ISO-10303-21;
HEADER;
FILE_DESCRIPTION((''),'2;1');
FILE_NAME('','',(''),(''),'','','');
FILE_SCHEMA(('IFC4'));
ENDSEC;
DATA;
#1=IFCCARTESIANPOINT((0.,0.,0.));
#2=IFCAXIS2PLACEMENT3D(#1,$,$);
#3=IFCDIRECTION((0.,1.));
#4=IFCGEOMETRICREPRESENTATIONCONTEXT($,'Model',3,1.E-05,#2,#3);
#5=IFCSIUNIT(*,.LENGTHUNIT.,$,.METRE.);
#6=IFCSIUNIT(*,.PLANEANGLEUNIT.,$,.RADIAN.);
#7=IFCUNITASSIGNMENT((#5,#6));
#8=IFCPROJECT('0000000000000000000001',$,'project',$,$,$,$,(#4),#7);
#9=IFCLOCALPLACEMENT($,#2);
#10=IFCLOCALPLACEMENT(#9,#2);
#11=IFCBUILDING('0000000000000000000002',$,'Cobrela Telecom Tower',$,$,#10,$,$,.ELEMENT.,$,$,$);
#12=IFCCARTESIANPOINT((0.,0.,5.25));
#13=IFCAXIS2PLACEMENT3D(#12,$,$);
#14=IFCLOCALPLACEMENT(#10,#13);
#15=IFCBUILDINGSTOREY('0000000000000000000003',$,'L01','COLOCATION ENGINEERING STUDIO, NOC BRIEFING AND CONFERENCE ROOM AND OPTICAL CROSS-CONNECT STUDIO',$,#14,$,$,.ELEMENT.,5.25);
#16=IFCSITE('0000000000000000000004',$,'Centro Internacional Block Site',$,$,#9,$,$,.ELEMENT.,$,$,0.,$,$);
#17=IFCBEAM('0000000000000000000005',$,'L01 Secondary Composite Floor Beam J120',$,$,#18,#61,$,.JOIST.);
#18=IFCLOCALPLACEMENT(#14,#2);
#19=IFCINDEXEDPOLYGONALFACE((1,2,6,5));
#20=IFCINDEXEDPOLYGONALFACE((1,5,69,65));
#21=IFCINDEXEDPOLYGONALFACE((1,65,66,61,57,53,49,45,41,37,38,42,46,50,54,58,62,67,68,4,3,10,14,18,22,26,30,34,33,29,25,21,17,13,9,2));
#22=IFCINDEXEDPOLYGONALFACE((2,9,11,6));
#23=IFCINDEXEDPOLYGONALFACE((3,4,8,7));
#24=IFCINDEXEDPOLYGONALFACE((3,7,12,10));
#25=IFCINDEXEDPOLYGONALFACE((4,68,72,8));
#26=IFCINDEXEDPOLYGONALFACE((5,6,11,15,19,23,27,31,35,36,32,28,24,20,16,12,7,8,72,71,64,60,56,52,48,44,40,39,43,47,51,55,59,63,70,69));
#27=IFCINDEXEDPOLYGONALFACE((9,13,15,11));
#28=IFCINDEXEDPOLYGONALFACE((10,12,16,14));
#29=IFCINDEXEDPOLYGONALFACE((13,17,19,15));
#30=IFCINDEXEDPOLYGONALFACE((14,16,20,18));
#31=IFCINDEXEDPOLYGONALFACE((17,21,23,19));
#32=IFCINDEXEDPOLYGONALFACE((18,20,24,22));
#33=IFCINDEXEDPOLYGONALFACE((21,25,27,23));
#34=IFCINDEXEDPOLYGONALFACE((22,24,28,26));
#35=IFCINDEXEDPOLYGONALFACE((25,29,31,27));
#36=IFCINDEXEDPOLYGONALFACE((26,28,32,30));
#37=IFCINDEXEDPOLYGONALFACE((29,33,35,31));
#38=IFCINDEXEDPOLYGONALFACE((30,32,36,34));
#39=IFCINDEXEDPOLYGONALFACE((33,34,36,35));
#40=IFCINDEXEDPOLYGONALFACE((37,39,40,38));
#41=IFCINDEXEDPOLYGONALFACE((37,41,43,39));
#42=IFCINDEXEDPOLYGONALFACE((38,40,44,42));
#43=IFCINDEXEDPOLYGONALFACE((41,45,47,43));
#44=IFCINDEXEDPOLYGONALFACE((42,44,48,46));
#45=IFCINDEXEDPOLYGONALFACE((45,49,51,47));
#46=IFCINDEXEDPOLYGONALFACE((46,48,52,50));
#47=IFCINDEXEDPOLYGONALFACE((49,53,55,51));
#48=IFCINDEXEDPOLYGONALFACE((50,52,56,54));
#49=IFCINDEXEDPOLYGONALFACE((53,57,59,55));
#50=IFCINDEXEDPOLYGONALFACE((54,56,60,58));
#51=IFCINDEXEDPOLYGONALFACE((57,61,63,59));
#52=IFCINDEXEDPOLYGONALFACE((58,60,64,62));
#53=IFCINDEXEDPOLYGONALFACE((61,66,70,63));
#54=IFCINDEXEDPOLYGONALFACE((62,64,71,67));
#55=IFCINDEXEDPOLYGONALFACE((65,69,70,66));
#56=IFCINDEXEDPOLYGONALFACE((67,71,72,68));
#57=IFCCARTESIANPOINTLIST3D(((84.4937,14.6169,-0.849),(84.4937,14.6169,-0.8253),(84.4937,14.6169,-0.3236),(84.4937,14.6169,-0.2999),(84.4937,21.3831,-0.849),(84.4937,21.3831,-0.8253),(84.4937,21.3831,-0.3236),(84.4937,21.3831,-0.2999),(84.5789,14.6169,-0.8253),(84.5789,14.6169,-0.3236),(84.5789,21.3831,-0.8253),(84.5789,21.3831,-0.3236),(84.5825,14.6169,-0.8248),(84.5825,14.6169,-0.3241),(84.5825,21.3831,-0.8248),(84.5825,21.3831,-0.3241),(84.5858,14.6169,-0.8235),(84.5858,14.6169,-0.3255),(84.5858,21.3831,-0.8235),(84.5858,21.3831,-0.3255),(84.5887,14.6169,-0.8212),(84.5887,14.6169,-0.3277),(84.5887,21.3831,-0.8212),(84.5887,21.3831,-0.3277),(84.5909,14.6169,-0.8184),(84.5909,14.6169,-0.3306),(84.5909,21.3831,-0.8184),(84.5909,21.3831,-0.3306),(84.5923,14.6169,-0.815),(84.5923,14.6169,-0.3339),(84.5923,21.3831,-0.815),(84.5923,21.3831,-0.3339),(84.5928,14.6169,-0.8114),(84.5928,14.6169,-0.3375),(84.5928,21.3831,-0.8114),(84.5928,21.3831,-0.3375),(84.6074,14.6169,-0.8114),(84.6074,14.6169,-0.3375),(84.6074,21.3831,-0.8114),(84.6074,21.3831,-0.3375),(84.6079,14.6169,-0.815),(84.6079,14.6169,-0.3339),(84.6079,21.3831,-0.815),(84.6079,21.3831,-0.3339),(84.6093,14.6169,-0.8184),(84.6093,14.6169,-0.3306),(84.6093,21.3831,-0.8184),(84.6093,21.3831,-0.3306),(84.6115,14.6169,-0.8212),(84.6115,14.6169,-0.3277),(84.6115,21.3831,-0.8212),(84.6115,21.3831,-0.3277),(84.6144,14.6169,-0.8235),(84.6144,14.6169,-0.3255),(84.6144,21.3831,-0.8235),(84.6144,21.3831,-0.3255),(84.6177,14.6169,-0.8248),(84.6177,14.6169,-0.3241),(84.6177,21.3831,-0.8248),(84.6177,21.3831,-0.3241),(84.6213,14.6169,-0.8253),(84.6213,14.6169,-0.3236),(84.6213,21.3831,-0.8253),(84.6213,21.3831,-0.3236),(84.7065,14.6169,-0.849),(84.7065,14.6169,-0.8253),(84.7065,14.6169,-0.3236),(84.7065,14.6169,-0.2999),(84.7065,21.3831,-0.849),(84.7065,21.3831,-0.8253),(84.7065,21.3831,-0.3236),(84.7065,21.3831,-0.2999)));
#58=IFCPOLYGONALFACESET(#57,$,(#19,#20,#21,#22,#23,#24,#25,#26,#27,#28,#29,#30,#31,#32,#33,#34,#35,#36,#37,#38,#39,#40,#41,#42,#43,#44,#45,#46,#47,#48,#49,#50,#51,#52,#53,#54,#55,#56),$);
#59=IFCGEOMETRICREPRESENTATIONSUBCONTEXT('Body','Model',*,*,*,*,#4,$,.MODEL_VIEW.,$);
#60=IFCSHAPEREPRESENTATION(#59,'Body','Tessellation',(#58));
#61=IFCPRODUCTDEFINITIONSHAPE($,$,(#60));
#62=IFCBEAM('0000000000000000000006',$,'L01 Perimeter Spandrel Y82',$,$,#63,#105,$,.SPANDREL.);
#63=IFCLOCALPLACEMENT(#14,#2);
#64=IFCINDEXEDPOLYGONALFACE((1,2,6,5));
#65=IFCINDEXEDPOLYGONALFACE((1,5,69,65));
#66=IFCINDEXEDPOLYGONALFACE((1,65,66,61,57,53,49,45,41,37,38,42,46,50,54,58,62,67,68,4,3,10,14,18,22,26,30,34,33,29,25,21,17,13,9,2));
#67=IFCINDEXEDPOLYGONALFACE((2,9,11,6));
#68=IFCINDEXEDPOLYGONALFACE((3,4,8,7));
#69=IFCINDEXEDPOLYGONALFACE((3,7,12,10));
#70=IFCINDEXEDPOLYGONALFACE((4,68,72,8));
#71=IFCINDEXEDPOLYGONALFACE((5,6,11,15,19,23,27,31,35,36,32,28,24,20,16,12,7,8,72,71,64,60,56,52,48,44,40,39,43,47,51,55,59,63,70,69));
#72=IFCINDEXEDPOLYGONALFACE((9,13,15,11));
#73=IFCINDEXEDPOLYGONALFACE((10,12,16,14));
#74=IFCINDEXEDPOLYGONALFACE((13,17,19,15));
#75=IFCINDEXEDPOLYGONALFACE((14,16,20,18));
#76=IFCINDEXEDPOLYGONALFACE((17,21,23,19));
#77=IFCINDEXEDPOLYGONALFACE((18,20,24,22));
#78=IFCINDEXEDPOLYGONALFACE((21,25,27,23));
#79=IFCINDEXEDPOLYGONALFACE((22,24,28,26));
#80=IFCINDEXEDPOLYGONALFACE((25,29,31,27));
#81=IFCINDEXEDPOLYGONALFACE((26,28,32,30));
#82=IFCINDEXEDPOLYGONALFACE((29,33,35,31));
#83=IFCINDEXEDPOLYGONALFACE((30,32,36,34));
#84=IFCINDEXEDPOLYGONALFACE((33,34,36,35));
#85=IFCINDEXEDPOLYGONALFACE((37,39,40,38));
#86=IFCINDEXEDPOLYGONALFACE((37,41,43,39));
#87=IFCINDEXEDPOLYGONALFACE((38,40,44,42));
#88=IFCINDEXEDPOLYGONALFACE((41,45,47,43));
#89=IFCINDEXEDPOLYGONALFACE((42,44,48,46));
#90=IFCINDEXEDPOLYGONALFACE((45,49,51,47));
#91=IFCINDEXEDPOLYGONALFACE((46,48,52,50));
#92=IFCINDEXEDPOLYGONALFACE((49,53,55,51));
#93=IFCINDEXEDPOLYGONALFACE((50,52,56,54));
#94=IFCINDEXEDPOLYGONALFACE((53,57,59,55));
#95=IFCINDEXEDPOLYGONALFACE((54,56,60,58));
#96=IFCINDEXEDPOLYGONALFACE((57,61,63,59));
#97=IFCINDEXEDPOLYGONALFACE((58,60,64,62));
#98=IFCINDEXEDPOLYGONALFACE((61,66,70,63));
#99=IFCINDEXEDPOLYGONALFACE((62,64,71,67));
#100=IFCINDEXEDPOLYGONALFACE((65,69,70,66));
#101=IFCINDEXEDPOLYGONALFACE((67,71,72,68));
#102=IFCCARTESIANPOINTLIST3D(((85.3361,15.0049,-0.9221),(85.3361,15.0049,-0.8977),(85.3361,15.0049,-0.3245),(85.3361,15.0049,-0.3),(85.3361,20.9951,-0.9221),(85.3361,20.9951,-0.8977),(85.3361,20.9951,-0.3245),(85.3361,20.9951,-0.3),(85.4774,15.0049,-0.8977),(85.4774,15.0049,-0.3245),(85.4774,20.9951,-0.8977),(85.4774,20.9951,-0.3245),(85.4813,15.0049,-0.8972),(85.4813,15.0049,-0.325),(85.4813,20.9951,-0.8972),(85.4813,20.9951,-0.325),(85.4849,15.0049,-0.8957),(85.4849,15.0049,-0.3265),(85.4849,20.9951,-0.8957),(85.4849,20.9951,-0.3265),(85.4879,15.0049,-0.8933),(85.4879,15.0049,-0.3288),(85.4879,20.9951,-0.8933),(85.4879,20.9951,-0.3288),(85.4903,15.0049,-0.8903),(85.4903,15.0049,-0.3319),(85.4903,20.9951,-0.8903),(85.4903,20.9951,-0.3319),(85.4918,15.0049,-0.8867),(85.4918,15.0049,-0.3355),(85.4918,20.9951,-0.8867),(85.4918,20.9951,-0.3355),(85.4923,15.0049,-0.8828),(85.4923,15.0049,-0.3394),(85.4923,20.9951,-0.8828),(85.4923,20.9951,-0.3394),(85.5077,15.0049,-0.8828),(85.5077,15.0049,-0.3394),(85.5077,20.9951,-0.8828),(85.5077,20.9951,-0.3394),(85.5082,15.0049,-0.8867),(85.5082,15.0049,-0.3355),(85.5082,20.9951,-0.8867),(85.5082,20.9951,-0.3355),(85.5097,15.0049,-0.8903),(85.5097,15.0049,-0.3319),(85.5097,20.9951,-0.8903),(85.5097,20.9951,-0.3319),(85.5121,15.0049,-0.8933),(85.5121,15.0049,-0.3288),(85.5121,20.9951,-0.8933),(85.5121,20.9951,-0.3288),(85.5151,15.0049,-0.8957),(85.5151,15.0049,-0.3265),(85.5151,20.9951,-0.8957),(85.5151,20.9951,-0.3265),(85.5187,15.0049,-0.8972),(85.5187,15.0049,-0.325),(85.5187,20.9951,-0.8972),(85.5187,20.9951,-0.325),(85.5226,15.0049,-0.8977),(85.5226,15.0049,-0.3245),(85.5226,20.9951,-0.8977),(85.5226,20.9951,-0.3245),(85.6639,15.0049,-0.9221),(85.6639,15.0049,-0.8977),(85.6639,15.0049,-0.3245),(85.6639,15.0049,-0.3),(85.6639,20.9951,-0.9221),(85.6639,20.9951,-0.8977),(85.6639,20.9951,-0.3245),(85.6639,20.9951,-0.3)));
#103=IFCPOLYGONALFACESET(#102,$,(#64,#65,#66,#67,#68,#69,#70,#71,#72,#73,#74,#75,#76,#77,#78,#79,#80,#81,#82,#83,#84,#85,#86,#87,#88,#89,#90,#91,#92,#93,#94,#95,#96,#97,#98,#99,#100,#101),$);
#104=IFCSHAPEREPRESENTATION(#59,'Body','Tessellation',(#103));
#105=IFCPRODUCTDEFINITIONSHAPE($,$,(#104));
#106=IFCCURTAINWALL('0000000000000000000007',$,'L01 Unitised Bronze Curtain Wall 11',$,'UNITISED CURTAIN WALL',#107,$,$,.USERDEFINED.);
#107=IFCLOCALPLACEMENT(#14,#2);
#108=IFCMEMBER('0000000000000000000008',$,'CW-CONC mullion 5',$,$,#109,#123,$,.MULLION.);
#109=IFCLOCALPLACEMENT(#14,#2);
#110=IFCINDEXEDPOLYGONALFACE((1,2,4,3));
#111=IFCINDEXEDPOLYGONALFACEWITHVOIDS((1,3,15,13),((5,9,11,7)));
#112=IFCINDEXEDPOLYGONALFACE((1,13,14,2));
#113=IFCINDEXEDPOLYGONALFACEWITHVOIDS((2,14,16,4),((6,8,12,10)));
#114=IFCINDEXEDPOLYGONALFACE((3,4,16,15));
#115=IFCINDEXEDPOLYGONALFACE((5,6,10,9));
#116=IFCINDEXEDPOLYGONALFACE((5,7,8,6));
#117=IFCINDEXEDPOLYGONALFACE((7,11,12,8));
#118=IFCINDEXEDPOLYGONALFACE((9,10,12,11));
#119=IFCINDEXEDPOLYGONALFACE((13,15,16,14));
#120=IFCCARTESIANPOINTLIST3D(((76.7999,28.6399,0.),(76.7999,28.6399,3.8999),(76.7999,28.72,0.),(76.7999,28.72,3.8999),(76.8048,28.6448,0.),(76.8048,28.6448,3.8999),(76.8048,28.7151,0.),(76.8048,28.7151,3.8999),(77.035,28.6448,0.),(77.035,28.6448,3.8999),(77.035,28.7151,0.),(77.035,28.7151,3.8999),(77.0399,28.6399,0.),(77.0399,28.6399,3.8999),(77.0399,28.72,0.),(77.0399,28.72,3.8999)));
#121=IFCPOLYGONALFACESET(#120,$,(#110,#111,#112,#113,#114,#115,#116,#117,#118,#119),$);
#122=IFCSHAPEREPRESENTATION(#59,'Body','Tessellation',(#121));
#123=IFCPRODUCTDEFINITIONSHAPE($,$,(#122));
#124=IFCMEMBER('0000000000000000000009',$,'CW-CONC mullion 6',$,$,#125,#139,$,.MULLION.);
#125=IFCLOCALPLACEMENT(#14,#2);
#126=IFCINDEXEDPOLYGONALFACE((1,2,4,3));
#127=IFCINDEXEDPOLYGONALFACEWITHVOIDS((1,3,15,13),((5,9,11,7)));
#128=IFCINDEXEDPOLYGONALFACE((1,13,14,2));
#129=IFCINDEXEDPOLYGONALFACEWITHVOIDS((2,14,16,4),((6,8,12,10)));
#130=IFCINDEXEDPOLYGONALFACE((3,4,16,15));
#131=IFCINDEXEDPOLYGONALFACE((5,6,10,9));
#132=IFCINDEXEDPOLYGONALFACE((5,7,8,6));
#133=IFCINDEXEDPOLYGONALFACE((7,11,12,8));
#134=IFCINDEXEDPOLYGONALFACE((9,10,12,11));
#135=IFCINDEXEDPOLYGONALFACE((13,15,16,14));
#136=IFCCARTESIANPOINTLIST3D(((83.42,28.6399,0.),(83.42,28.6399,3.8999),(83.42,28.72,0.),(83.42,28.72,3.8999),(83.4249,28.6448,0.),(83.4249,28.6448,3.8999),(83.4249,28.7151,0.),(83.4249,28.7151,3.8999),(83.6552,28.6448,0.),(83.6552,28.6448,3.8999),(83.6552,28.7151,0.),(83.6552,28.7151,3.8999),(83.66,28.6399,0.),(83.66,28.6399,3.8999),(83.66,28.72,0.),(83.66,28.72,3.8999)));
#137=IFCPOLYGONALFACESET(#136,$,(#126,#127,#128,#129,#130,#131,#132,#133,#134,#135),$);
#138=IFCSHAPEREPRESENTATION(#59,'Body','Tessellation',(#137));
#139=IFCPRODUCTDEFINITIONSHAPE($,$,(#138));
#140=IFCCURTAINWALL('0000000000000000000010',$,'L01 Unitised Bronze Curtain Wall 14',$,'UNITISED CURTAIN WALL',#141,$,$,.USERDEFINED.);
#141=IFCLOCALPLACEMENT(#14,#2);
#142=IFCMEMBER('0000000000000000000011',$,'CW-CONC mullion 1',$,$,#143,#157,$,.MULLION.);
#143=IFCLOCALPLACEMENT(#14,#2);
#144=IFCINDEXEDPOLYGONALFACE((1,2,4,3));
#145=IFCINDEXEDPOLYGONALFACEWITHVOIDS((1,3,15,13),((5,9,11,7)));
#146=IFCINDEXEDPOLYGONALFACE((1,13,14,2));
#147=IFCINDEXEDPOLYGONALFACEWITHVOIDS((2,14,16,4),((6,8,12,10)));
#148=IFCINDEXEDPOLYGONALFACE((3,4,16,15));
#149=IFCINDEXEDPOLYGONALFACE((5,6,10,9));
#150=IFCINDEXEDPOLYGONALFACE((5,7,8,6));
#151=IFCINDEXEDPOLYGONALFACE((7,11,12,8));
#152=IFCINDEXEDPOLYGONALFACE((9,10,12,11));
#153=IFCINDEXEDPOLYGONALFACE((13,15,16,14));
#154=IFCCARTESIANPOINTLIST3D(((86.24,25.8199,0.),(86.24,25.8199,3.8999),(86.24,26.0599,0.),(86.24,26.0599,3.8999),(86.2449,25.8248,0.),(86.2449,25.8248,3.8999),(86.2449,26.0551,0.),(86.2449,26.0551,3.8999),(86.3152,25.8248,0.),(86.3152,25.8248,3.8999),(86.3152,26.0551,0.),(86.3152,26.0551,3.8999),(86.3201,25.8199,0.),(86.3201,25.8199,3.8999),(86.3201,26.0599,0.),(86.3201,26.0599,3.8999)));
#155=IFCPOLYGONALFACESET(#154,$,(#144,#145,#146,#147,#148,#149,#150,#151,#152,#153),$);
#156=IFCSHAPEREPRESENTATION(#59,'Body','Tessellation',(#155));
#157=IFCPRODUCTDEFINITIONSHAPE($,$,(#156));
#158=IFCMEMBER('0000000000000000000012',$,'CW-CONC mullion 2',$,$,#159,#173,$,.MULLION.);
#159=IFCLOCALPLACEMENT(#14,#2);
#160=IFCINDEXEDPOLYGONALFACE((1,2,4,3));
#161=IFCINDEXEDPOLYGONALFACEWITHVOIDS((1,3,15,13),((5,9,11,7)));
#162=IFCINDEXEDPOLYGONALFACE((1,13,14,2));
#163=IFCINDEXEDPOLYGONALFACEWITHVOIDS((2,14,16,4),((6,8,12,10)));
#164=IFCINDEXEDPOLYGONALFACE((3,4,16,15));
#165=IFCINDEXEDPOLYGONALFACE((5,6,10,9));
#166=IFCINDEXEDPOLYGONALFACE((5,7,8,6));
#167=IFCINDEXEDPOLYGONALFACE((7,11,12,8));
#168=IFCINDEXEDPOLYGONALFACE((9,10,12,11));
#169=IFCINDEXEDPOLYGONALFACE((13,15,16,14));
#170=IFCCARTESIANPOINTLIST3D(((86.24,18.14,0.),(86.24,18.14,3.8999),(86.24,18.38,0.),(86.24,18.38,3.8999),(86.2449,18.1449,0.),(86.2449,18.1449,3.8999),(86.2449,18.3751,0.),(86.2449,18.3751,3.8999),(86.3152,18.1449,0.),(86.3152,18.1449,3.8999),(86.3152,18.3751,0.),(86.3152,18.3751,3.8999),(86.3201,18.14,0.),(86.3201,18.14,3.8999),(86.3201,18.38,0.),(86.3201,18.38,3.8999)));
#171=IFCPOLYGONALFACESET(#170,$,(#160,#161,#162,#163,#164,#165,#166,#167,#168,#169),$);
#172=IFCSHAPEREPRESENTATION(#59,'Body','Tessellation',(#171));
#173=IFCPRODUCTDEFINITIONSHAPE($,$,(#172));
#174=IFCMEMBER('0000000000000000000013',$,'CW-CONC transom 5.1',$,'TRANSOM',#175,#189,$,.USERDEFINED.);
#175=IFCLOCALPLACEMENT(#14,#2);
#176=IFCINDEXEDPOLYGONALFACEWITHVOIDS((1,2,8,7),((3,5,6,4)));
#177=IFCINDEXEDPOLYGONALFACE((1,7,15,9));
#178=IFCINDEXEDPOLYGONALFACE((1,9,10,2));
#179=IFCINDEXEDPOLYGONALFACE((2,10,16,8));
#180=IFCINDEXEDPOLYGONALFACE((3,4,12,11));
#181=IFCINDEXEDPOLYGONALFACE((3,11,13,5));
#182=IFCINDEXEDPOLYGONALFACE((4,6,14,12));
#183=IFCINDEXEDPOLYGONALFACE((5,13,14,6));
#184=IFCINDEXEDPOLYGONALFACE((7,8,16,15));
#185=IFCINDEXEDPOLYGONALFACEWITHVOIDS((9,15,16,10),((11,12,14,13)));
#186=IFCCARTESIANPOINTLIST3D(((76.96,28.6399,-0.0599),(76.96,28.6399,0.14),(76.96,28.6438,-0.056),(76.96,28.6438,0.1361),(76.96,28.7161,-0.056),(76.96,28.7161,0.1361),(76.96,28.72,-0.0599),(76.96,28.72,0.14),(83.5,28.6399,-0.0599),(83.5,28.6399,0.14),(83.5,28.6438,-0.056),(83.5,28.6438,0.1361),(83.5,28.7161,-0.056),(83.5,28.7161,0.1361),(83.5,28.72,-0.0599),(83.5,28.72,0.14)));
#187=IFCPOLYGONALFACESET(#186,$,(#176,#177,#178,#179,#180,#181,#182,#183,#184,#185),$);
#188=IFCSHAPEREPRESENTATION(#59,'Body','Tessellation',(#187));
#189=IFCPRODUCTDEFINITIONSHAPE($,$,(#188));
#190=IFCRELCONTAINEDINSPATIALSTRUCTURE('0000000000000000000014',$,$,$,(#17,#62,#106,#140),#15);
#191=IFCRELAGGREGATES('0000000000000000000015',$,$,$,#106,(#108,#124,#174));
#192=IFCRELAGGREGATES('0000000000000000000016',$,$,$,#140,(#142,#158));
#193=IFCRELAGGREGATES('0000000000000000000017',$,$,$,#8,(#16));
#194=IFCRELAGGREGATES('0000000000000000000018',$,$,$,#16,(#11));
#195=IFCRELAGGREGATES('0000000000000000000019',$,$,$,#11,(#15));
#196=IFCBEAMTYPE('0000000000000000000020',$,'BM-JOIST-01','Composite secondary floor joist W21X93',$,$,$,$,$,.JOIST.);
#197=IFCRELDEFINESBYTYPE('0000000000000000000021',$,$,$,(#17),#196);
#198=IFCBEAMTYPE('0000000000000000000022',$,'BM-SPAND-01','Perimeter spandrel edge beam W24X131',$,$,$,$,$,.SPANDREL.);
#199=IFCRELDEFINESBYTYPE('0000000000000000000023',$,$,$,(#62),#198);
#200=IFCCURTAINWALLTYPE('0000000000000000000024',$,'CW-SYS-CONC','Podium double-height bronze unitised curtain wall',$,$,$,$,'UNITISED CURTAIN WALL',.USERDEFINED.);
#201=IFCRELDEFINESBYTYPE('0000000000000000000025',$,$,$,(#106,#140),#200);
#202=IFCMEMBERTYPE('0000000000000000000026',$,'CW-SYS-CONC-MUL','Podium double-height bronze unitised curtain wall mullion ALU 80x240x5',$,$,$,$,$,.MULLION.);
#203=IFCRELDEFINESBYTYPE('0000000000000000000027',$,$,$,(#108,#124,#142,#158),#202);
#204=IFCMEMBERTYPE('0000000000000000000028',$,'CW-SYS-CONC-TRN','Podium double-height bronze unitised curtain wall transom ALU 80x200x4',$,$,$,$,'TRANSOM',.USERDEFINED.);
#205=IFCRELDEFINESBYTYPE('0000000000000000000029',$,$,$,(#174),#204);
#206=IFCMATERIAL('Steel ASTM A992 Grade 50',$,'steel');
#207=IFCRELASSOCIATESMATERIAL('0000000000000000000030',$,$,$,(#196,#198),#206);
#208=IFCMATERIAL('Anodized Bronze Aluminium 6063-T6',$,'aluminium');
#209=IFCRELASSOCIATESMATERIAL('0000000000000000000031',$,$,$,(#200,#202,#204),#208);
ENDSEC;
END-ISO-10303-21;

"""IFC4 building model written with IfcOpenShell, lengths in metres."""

from ifc_helpers import new_model, si_unit, direction, frame, origin, origin_2d, place, context, subcontext, project, spatial, hollow_rectangle, i_section, extrude, material, material_profile, profile_set, type_object, element, aggregate, save


model = new_model("IFC4")

# Units and contexts
model_context = context("Model", 3, precision=1e-05, world=origin(), true_north=direction((0.0, 1.0)))
body_context = subcontext(model_context, "Body", "Model", "MODEL_VIEW")
ifc_project = project(units=[si_unit("LENGTHUNIT", "METRE"), si_unit("PLANEANGLEUNIT", "RADIAN")], contexts=[model_context])

# Site, building, storey
site_placement = place(None, origin())
site = spatial("IfcSite", under=ifc_project, at=site_placement, Name="Centro Internacional Block Site", CompositionType="ELEMENT", RefElevation=0.0)
building_placement = place(site_placement, origin())
building = spatial("IfcBuilding", under=site, at=building_placement, Name="Cobrela Telecom Tower", CompositionType="ELEMENT")
storey_placement = place(building_placement, frame((0.0, 0.0, 5.25)))
storey = spatial("IfcBuildingStorey", under=building, at=storey_placement, Name="L01", Description="COLOCATION ENGINEERING STUDIO, NOC BRIEFING AND CONFERENCE ROOM AND OPTICAL CROSS-CONNECT STUDIO", CompositionType="ELEMENT", Elevation=5.25)

# Beams
ifc_material_1 = material(Name="Steel ASTM A992 Grade 50", Category="steel")
ifc_material_profile_1 = material_profile(ifc_material_1, i_section(OverallWidth=0.2129, OverallDepth=0.5491, WebThickness=0.0146, FlangeThickness=0.0237, FilletRadius=0.0139, at=origin_2d()), Name="W21X93")
ifc_profile_set_1 = profile_set([ifc_material_profile_1], Name="Steel ASTM A992 Grade 50")
beam_type_1 = type_object("IfcBeamType", Name="BM-JOIST-01", Description="Composite secondary floor joist W21X93", PredefinedType="JOIST", material=ifc_profile_set_1)
for number, where, z_axis, x_axis, name in (
    (1, (84.6001, 14.6169, -0.5745), (0.0, 1.0, 0.0), (-1.0, 0.0, 0.0), "L01 Secondary Composite Floor Beam J120"),
):
    element("IfcBeam", number, at=place(storey_placement, frame(where, z_axis=z_axis, x_axis=x_axis)), inside=storey, type_object=beam_type_1, Name=name, PredefinedType="JOIST", context=body_context, shape_type="SweptSolid", body=[
        extrude(i_section(OverallWidth=0.2129, OverallDepth=0.5491, WebThickness=0.0146, FlangeThickness=0.0237, FilletRadius=0.0139, at=origin_2d()), origin(), (0.0, 0.0, 1.0), 6.7661),
    ])
ifc_material_profile_2 = material_profile(ifc_material_1, i_section(OverallWidth=0.3279, OverallDepth=0.6221, WebThickness=0.0154, FlangeThickness=0.0244, FilletRadius=0.0149, at=origin_2d()), Name="W24X131")
ifc_profile_set_2 = profile_set([ifc_material_profile_2], Name="Steel ASTM A992 Grade 50")
beam_type_2 = type_object("IfcBeamType", Name="BM-SPAND-01", Description="Perimeter spandrel edge beam W24X131", PredefinedType="SPANDREL", material=ifc_profile_set_2)
beam_1_placement = place(storey_placement, frame((85.5, 15.0049, -0.6111), z_axis=(0.0, 1.0, 0.0), x_axis=(-1.0, 0.0, 0.0)))
element("IfcBeam", 2, at=beam_1_placement, inside=storey, type_object=beam_type_2, Name="L01 Perimeter Spandrel Y82", PredefinedType="SPANDREL", context=body_context, shape_type="SweptSolid", body=[
    extrude(i_section(OverallWidth=0.3279, OverallDepth=0.6221, WebThickness=0.0154, FlangeThickness=0.0244, FilletRadius=0.0149, at=origin_2d()), origin(), (0.0, 0.0, 1.0), 5.9902),
])

# Curtain walls, members
ifc_material_2 = material(Name="Anodized Bronze Aluminium 6063-T6", Category="aluminium")
curtain_wall_type = type_object("IfcCurtainWallType", Name="CW-SYS-CONC", Description="Podium double-height bronze unitised curtain wall", ElementType="UNITISED CURTAIN WALL", PredefinedType="USERDEFINED", material=ifc_material_2)
curtain_wall_1_placement = place(storey_placement, origin())
curtain_wall_1 = element("IfcCurtainWall", 3, at=curtain_wall_1_placement, inside=storey, type_object=curtain_wall_type, Name="L01 Unitised Bronze Curtain Wall 11", ObjectType="UNITISED CURTAIN WALL", PredefinedType="USERDEFINED")
ifc_material_profile_3 = material_profile(ifc_material_2, hollow_rectangle(XDim=0.0801, YDim=0.24, WallThickness=0.0049, at=origin_2d()), Name="ALU 80x240x5")
ifc_profile_set_3 = profile_set([ifc_material_profile_3], Name="Anodized Bronze Aluminium 6063-T6")
member_type_1 = type_object("IfcMemberType", Name="CW-SYS-CONC-MUL", Description="Podium double-height bronze unitised curtain wall mullion ALU 80x240x5", PredefinedType="MULLION", material=ifc_profile_set_3)
member_1_placement = place(storey_placement, frame((76.9199, 28.6799, 0.0), z_axis=(0.0, 0.0, 1.0), x_axis=(0.0, 1.0, 0.0)))
member_1 = element("IfcMember", 4, at=member_1_placement, type_object=member_type_1, Name="CW-CONC mullion 5", PredefinedType="MULLION", context=body_context, shape_type="SweptSolid", body=[
    extrude(hollow_rectangle(XDim=0.0801, YDim=0.24, WallThickness=0.0049, at=origin_2d()), origin(), (0.0, 0.0, 1.0), 3.8999),
])
member_2_placement = place(storey_placement, frame((83.54, 28.6799, 0.0), z_axis=(0.0, 0.0, 1.0), x_axis=(0.0, 1.0, 0.0)))
member_2 = element("IfcMember", 5, at=member_2_placement, type_object=member_type_1, Name="CW-CONC mullion 6", PredefinedType="MULLION", context=body_context, shape_type="SweptSolid", body=[
    extrude(hollow_rectangle(XDim=0.0801, YDim=0.24, WallThickness=0.0049, at=origin_2d()), origin(), (0.0, 0.0, 1.0), 3.8999),
])
curtain_wall_2_placement = place(storey_placement, origin())
curtain_wall_2 = element("IfcCurtainWall", 6, at=curtain_wall_2_placement, inside=storey, type_object=curtain_wall_type, Name="L01 Unitised Bronze Curtain Wall 14", ObjectType="UNITISED CURTAIN WALL", PredefinedType="USERDEFINED")
member_3_placement = place(storey_placement, frame((86.28, 25.9399, 0.0), z_axis=(0.0, 0.0, 1.0), x_axis=(1.0, 0.0, 0.0)))
member_3 = element("IfcMember", 7, at=member_3_placement, type_object=member_type_1, Name="CW-CONC mullion 1", PredefinedType="MULLION", context=body_context, shape_type="SweptSolid", body=[
    extrude(hollow_rectangle(XDim=0.0801, YDim=0.24, WallThickness=0.0049, at=origin_2d()), origin(), (0.0, 0.0, 1.0), 3.8999),
])
member_4_placement = place(storey_placement, frame((86.28, 18.26, 0.0), z_axis=(0.0, 0.0, 1.0), x_axis=(1.0, 0.0, 0.0)))
member_4 = element("IfcMember", 8, at=member_4_placement, type_object=member_type_1, Name="CW-CONC mullion 2", PredefinedType="MULLION", context=body_context, shape_type="SweptSolid", body=[
    extrude(hollow_rectangle(XDim=0.0801, YDim=0.24, WallThickness=0.0049, at=origin_2d()), origin(), (0.0, 0.0, 1.0), 3.8999),
])

# Member
ifc_material_profile_4 = material_profile(ifc_material_2, hollow_rectangle(XDim=0.0801, YDim=0.2, WallThickness=0.0039, at=origin_2d()), Name="ALU 80x200x4")
ifc_profile_set_4 = profile_set([ifc_material_profile_4], Name="Anodized Bronze Aluminium 6063-T6")
member_type_2 = type_object("IfcMemberType", Name="CW-SYS-CONC-TRN", Description="Podium double-height bronze unitised curtain wall transom ALU 80x200x4", ElementType="TRANSOM", PredefinedType="USERDEFINED", material=ifc_profile_set_4)
member_5_placement = place(storey_placement, frame((76.96, 28.6799, 0.04), z_axis=(1.0, 0.0, 0.0), x_axis=(0.0, 1.0, 0.0)))
member_5 = element("IfcMember", 9, at=member_5_placement, type_object=member_type_2, Name="CW-CONC transom 5.1", ObjectType="TRANSOM", PredefinedType="USERDEFINED", context=body_context, shape_type="SweptSolid", body=[
    extrude(hollow_rectangle(XDim=0.0801, YDim=0.2, WallThickness=0.0039, at=origin_2d()), origin(), (0.0, 0.0, 1.0), 6.54),
])

aggregate(curtain_wall_1, [member_1, member_2, member_5])
aggregate(curtain_wall_2, [member_3, member_4])

save(model, "model.ifc")
